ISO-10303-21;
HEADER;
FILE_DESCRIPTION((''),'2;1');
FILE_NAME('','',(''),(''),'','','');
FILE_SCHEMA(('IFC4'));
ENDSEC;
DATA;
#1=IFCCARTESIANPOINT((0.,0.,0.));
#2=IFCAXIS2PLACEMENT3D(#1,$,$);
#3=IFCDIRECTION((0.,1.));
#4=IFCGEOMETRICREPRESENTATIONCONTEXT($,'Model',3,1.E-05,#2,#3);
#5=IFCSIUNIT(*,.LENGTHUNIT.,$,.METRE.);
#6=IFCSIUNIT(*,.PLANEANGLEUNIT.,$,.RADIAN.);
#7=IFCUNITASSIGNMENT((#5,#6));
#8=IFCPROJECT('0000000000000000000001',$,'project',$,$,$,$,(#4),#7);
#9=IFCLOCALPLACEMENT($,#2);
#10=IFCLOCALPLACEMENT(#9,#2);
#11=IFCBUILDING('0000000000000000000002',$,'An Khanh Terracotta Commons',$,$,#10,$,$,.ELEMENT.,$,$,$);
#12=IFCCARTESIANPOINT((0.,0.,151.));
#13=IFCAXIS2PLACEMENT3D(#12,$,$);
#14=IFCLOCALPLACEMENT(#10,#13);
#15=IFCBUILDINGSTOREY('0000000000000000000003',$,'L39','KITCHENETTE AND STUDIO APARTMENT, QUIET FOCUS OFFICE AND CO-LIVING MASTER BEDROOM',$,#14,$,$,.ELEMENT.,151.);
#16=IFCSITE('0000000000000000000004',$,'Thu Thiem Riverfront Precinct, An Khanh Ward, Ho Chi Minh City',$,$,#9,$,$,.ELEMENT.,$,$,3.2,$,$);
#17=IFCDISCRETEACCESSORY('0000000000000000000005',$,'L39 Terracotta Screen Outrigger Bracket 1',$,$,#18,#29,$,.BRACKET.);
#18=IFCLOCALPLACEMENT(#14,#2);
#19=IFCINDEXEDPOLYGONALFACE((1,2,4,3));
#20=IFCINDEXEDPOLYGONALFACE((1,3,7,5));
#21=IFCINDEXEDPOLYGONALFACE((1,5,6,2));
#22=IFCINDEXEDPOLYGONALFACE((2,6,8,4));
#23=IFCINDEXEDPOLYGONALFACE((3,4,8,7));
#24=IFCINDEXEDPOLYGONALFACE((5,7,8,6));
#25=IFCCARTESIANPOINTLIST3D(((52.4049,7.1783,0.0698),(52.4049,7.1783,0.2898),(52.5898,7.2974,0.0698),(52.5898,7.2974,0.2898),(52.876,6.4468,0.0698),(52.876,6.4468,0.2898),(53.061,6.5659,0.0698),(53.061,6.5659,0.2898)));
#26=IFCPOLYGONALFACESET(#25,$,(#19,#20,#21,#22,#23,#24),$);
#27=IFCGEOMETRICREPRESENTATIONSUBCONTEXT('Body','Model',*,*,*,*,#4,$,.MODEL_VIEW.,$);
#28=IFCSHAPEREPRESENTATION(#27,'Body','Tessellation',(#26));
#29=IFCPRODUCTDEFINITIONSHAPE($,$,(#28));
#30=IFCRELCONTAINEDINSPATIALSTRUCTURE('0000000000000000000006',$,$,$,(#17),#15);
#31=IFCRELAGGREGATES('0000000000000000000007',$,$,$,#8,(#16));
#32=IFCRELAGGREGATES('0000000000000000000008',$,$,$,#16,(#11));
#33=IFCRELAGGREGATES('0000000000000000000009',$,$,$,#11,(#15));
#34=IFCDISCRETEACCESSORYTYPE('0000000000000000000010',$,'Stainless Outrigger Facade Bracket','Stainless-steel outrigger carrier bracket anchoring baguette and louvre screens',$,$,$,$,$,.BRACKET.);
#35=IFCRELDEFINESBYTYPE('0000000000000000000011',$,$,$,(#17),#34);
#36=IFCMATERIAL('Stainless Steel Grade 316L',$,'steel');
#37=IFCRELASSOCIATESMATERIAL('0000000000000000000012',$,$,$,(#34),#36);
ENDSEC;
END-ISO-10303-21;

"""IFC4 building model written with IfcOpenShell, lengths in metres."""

from ifc_helpers import new_model, si_unit, direction, frame, origin, origin_2d, place, context, subcontext, project, spatial, rectangle, extrude, material, type_object, element, save


model = new_model("IFC4")

# Units and contexts
model_context = context("Model", 3, precision=1e-05, world=origin(), true_north=direction((0.0, 1.0)))
body_context = subcontext(model_context, "Body", "Model", "MODEL_VIEW")
ifc_project = project(units=[si_unit("LENGTHUNIT", "METRE"), si_unit("PLANEANGLEUNIT", "RADIAN")], contexts=[model_context])

# Site, building, storey
site_placement = place(None, origin())
site = spatial("IfcSite", under=ifc_project, at=site_placement, Name="Thu Thiem Riverfront Precinct, An Khanh Ward, Ho Chi Minh City", CompositionType="ELEMENT", RefElevation=3.2)
building_placement = place(site_placement, origin())
building = spatial("IfcBuilding", under=site, at=building_placement, Name="An Khanh Terracotta Commons", CompositionType="ELEMENT")
storey_placement = place(building_placement, frame((0.0, 0.0, 151.0)))
storey = spatial("IfcBuildingStorey", under=building, at=storey_placement, Name="L39", Description="KITCHENETTE AND STUDIO APARTMENT, QUIET FOCUS OFFICE AND CO-LIVING MASTER BEDROOM", CompositionType="ELEMENT", Elevation=151.0)

# Discrete accessory
ifc_material_1 = material(Name="Stainless Steel Grade 316L", Category="steel")
discrete_accessory_type = type_object("IfcDiscreteAccessoryType", Name="Stainless Outrigger Facade Bracket", Description="Stainless-steel outrigger carrier bracket anchoring baguette and louvre screens", PredefinedType="BRACKET", material=ifc_material_1)
discrete_accessory_placement = place(storey_placement, frame((52.7329, 6.8721, 0.0698), z_axis=(0.0, 0.0, 1.0), x_axis=(0.840702, 0.541498, 0.0)))
element("IfcDiscreteAccessory", 1, at=discrete_accessory_placement, inside=storey, type_object=discrete_accessory_type, Name="L39 Terracotta Screen Outrigger Bracket 1", PredefinedType="BRACKET", context=body_context, shape_type="SweptSolid", body=[
    extrude(rectangle(XDim=0.22, YDim=0.8701, at=origin_2d()), origin(), (0.0, 0.0, 1.0), 0.22),
])

save(model, "model.ifc")
